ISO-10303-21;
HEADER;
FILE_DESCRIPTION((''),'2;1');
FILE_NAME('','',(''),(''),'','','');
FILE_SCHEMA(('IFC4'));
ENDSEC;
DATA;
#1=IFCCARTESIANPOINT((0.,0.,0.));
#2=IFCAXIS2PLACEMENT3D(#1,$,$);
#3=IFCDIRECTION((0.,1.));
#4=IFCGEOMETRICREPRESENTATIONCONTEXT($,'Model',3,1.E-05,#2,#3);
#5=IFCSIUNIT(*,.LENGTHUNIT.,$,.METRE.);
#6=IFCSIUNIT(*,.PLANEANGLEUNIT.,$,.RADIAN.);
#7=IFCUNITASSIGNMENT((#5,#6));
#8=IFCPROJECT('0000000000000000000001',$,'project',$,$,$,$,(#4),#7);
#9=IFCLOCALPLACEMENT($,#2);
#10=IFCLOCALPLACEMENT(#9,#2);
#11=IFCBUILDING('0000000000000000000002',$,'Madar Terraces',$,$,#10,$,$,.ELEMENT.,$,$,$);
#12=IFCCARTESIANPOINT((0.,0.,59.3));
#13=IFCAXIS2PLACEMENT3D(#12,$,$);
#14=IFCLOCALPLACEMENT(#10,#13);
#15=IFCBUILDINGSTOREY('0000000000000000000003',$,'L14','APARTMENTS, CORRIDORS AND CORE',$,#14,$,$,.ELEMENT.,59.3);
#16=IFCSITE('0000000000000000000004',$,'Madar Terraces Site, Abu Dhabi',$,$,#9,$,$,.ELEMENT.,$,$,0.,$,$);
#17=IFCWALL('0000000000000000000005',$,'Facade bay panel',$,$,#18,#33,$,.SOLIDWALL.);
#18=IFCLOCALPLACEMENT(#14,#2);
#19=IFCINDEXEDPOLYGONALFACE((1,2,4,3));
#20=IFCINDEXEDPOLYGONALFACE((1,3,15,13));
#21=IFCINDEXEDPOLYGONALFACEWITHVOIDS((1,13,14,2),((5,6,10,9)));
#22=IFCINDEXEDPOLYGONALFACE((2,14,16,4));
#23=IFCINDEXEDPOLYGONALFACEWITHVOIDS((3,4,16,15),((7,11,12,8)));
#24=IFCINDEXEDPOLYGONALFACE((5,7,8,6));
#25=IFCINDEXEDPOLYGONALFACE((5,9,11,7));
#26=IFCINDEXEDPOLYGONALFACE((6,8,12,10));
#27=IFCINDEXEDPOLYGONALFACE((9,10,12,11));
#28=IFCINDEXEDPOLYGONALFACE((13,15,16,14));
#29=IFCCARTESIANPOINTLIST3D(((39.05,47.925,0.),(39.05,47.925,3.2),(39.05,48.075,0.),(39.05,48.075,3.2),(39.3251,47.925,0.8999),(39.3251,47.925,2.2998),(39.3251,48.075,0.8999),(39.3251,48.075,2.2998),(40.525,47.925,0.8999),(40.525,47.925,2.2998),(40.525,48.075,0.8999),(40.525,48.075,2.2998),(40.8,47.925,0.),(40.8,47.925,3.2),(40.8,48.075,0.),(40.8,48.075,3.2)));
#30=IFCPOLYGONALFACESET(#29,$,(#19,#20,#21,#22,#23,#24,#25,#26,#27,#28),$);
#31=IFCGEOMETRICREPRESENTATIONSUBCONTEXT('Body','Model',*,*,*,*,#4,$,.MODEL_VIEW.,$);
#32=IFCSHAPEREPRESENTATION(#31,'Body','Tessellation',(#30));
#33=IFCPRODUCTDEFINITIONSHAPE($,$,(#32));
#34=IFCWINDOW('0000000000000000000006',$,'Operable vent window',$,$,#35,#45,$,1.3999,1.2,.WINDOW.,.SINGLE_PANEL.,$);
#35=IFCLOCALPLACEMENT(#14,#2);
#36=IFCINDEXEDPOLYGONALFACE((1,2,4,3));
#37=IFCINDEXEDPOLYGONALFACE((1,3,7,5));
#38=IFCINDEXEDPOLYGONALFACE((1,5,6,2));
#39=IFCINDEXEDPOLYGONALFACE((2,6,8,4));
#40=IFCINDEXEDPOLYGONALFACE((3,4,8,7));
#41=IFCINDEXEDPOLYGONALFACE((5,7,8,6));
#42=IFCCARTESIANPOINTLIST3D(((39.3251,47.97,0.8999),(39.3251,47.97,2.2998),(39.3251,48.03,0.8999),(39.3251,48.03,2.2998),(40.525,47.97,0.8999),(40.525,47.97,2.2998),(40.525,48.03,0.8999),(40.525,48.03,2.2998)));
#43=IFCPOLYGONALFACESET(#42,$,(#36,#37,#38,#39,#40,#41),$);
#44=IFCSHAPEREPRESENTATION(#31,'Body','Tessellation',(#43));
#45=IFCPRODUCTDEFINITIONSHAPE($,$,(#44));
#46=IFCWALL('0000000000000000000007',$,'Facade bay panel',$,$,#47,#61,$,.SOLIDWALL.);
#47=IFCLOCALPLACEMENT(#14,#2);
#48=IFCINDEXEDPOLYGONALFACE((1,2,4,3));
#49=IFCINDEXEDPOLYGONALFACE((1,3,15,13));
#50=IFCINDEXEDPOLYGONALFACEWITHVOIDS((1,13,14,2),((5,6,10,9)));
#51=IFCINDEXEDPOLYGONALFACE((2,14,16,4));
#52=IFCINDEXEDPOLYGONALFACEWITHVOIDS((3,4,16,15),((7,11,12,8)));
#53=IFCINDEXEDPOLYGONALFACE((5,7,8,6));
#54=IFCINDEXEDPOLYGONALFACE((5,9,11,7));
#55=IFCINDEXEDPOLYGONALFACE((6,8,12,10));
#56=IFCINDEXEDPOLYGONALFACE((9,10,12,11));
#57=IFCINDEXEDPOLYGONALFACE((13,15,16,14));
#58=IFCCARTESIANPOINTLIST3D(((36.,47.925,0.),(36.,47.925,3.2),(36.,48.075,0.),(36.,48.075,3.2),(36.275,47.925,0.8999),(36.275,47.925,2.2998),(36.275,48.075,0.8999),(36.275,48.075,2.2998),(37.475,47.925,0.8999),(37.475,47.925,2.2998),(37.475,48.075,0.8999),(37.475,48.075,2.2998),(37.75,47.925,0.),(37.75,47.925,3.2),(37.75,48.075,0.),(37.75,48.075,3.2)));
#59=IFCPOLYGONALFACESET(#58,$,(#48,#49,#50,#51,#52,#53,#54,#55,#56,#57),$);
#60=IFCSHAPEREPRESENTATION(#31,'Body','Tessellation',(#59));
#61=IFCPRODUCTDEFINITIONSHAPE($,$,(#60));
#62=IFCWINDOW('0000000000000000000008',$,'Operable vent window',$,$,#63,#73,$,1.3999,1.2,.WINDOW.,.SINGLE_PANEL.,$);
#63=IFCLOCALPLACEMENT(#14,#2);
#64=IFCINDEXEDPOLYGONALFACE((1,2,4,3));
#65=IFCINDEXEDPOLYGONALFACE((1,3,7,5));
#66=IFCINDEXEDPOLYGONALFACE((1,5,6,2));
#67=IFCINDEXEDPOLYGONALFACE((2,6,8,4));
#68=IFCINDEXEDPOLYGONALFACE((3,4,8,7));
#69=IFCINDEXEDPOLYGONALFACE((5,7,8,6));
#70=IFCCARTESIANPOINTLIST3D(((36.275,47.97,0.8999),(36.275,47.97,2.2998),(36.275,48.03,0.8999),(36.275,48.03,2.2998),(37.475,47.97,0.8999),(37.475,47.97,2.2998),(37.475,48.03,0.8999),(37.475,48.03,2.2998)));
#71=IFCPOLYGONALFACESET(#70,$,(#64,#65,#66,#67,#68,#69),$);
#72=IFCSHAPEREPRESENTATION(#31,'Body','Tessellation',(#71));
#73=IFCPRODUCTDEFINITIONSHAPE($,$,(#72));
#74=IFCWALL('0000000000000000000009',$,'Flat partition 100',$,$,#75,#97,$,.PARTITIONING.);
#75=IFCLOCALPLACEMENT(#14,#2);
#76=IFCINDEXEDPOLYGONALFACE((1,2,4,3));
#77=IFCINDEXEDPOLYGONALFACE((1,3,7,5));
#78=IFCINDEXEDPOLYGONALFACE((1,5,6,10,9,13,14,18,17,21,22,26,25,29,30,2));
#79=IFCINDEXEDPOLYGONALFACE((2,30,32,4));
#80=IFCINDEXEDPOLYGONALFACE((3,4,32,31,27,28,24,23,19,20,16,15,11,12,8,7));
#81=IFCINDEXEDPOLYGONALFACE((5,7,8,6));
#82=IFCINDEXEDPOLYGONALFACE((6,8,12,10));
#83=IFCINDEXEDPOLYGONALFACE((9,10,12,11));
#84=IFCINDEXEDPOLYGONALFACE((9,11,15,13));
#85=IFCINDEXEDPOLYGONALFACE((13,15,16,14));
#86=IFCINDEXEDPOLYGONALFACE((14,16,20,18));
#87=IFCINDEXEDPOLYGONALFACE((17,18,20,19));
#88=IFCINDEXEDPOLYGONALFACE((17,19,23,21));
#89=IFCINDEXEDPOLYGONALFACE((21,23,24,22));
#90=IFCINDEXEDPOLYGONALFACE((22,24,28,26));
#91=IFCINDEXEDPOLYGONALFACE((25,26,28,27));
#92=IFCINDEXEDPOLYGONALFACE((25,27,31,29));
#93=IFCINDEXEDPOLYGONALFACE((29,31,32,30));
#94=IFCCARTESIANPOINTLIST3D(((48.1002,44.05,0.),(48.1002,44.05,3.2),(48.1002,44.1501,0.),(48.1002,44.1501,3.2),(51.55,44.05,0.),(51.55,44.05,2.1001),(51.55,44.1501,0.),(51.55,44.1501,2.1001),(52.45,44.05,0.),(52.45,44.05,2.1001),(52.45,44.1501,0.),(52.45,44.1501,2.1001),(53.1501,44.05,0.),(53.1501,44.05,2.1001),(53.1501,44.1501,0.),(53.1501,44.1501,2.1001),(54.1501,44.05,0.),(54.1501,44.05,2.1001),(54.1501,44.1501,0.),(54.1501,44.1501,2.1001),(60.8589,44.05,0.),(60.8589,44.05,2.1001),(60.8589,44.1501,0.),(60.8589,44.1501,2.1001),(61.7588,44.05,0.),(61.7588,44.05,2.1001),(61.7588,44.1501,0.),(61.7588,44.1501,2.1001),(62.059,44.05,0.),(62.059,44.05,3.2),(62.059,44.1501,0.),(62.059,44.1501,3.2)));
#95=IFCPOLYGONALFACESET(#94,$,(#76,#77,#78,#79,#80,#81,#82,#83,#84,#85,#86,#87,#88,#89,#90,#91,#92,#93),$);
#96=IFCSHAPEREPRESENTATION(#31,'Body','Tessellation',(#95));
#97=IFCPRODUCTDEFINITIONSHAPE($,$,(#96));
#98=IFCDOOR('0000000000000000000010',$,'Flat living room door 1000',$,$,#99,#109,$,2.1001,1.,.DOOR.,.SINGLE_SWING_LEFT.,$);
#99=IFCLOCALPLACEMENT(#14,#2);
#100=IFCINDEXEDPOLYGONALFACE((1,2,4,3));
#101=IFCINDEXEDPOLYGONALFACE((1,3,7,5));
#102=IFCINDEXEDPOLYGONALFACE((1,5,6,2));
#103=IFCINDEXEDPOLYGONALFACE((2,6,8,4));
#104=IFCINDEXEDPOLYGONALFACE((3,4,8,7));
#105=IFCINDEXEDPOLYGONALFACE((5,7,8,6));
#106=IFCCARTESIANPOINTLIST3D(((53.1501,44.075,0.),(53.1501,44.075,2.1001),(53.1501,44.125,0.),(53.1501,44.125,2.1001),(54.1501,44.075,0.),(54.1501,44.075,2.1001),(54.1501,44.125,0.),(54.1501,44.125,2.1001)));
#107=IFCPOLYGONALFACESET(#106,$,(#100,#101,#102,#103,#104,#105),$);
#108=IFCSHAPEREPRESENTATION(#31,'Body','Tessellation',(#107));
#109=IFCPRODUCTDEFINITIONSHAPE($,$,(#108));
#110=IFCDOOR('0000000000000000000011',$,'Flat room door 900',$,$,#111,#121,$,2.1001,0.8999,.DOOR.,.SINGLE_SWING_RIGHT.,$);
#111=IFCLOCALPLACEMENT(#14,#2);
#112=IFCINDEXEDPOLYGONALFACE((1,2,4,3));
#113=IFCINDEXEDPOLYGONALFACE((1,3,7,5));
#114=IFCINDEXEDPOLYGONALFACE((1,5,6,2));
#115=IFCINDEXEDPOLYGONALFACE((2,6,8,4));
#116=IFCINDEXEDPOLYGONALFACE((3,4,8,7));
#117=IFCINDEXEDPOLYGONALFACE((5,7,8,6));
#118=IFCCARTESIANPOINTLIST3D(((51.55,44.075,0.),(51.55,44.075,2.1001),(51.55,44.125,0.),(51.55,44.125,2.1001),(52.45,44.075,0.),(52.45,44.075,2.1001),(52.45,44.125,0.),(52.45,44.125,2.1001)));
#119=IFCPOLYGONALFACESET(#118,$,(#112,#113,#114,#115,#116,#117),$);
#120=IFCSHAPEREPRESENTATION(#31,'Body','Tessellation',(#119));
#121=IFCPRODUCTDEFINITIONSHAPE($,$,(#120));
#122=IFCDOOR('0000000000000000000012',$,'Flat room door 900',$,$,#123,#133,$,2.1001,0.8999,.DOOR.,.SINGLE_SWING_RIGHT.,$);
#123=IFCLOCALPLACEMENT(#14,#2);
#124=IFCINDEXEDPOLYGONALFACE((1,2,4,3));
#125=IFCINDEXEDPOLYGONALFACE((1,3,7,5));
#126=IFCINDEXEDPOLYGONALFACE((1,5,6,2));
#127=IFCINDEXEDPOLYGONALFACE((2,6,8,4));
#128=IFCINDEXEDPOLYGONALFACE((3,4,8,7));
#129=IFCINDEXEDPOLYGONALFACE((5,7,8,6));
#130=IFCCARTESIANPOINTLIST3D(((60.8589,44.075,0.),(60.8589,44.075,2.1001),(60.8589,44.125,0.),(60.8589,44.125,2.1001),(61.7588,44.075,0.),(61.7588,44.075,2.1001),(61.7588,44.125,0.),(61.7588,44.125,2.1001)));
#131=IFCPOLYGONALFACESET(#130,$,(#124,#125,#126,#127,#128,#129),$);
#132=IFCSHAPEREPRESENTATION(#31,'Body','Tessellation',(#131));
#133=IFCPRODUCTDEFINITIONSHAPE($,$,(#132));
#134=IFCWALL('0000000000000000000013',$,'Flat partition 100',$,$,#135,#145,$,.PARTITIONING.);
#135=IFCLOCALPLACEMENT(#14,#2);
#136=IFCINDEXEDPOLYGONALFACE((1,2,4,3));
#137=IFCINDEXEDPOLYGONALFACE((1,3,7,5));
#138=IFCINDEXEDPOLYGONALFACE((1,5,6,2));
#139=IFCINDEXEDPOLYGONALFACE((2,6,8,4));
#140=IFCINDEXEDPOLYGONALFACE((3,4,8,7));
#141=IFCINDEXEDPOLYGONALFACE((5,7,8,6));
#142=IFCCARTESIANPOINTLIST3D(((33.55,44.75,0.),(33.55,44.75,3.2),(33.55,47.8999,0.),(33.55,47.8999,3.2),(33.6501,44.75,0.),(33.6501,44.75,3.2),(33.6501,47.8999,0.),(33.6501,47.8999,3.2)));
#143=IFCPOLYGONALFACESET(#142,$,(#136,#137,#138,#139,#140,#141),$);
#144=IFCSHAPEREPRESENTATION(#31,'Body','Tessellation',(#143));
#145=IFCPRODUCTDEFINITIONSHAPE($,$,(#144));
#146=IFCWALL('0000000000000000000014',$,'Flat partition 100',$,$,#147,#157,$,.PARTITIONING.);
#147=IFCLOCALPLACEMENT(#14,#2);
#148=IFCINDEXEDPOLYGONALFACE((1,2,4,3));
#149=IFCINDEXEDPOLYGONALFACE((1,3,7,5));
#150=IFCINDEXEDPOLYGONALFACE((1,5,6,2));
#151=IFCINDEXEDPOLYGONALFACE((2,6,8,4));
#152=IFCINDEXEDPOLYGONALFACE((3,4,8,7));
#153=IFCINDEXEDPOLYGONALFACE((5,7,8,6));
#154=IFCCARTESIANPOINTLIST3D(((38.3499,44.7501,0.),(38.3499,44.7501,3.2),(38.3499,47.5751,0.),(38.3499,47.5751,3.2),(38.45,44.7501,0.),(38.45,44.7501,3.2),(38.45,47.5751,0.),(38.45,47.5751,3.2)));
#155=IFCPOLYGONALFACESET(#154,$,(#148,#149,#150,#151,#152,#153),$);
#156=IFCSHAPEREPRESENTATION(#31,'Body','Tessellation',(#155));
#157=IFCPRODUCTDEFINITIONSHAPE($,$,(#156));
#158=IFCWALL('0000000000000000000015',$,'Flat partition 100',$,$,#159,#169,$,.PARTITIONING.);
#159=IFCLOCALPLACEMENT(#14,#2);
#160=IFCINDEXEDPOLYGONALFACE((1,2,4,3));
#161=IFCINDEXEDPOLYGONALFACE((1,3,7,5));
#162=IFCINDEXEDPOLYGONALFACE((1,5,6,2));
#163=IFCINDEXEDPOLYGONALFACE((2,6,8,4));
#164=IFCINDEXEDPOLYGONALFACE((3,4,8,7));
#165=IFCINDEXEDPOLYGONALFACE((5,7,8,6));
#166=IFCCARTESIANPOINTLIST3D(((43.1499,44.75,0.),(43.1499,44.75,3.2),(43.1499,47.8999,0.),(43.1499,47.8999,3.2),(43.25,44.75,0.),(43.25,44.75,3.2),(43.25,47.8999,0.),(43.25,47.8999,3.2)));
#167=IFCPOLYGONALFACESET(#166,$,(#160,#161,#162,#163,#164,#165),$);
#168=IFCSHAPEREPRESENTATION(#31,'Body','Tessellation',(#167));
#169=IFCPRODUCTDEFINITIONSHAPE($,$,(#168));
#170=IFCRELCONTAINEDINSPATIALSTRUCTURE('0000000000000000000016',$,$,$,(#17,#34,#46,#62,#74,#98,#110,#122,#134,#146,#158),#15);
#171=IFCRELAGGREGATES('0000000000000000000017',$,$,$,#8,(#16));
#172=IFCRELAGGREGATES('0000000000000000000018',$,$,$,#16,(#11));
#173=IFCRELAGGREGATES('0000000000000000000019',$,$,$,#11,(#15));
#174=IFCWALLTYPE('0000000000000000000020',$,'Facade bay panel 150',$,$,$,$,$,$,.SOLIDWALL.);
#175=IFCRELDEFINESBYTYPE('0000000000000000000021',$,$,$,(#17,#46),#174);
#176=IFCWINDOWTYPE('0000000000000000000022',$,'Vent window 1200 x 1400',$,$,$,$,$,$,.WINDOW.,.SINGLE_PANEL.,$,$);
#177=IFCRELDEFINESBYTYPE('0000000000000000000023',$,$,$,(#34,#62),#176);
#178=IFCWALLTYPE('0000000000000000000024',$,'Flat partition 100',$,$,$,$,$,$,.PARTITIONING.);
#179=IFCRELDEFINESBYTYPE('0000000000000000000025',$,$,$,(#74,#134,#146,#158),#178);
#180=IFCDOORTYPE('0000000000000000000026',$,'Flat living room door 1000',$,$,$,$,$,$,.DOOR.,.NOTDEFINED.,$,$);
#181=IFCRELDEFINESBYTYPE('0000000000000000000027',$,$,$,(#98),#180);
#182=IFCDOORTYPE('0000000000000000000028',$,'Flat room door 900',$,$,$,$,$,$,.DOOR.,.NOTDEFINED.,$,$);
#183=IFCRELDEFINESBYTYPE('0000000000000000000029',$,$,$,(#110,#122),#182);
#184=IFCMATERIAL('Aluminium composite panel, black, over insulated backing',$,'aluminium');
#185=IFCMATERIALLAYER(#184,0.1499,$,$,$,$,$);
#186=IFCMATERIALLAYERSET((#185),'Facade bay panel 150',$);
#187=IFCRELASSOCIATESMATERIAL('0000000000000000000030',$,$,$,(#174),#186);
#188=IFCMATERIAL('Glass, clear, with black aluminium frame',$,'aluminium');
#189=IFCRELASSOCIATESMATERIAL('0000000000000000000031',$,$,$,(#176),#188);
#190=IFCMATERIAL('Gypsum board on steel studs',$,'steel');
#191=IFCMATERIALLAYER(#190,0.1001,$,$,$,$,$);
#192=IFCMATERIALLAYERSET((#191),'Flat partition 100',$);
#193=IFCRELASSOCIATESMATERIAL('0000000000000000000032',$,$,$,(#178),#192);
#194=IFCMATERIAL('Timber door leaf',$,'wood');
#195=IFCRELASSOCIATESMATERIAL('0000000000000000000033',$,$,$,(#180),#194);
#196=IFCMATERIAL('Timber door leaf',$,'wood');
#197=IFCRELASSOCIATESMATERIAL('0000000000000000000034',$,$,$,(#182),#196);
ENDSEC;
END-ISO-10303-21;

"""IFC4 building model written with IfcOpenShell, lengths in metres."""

from ifc_helpers import new_model, si_unit, direction, frame, frame_2d, origin, place, context, subcontext, project, spatial, rectangle, extrude, material, layer, layer_set, type_object, element, fill, save


model = new_model("IFC4")

# Units and contexts
model_context = context("Model", 3, precision=1e-05, world=origin(), true_north=direction((0.0, 1.0)))
body_context = subcontext(model_context, "Body", "Model", "MODEL_VIEW")
ifc_project = project(units=[si_unit("LENGTHUNIT", "METRE"), si_unit("PLANEANGLEUNIT", "RADIAN")], contexts=[model_context])

# Site, building, storey
site_placement = place(None, origin())
site = spatial("IfcSite", under=ifc_project, at=site_placement, Name="Madar Terraces Site, Abu Dhabi", CompositionType="ELEMENT", RefElevation=0.0)
building_placement = place(site_placement, origin())
building = spatial("IfcBuilding", under=site, at=building_placement, Name="Madar Terraces", CompositionType="ELEMENT")
storey_placement = place(building_placement, frame((0.0, 0.0, 59.3)))
storey = spatial("IfcBuildingStorey", under=building, at=storey_placement, Name="L14", Description="APARTMENTS, CORRIDORS AND CORE", CompositionType="ELEMENT", Elevation=59.3)

# Walls, openings, windows
ifc_material_1 = material(Name="Aluminium composite panel, black, over insulated backing", Category="aluminium")
ifc_layer_1 = layer(ifc_material_1, 0.1499)
ifc_layer_set_1 = layer_set([ifc_layer_1], Name="Facade bay panel 150")
wall_type_1 = type_object("IfcWallType", Name="Facade bay panel 150", PredefinedType="SOLIDWALL", material=ifc_layer_set_1)
ifc_material_2 = material(Name="Glass, clear, with black aluminium frame", Category="aluminium")
window_type = type_object("IfcWindowType", Name="Vent window 1200 x 1400", PartitioningType="SINGLE_PANEL", PredefinedType="WINDOW", material=ifc_material_2)
wall_1_placement = place(storey_placement, frame((40.8, 48.0, 0.0), z_axis=(0.0, 0.0, 1.0), x_axis=(-1.0, 0.0, 0.0)))
wall_1 = element("IfcWall", 1, at=wall_1_placement, inside=storey, type_object=wall_type_1, Name="Facade bay panel", PredefinedType="SOLIDWALL", context=body_context, shape_type="SweptSolid", body=[
    extrude(rectangle(XDim=1.75, YDim=0.1499, at=frame_2d((0.875, 0.0))), origin(), (0.0, 0.0, 1.0), 3.2),
])
opening_1_placement = place(wall_1_placement, frame((0.2749, 0.0, 0.8999)))
opening_1 = element("IfcOpeningElement", 2, at=opening_1_placement, cuts=wall_1, PredefinedType="OPENING", context=body_context, shape_type="SweptSolid", body=[
    extrude(rectangle(XDim=1.2, YDim=1.3999, at=frame_2d((0.6001, 0.7))), frame((0.0, 0.085, 0.0), z_axis=(0.0, -1.0, 0.0), x_axis=(1.0, 0.0, 0.0)), (0.0, 0.0, 1.0), 0.1699),
])
window_1_placement = place(opening_1_placement, origin())
window_1 = element("IfcWindow", 3, at=window_1_placement, inside=storey, type_object=window_type, Name="Operable vent window", OverallHeight=1.3999, OverallWidth=1.2, PartitioningType="SINGLE_PANEL", PredefinedType="WINDOW", context=body_context, shape_type="SweptSolid", body=[
    extrude(rectangle(XDim=1.2, YDim=1.3999, at=frame_2d((0.6001, 0.7))), frame((0.0, 0.03, 0.0), z_axis=(0.0, -1.0, 0.0), x_axis=(1.0, 0.0, 0.0)), (0.0, 0.0, 1.0), 0.0601),
])
fill(opening_1, window_1)
wall_2_placement = place(storey_placement, frame((37.75, 48.0, 0.0), z_axis=(0.0, 0.0, 1.0), x_axis=(-1.0, 0.0, 0.0)))
wall_2 = element("IfcWall", 4, at=wall_2_placement, inside=storey, type_object=wall_type_1, Name="Facade bay panel", PredefinedType="SOLIDWALL", context=body_context, shape_type="SweptSolid", body=[
    extrude(rectangle(XDim=1.75, YDim=0.1499, at=frame_2d((0.875, 0.0))), origin(), (0.0, 0.0, 1.0), 3.2),
])
opening_2_placement = place(wall_2_placement, frame((0.2749, 0.0, 0.8999)))
opening_2 = element("IfcOpeningElement", 5, at=opening_2_placement, cuts=wall_2, PredefinedType="OPENING", context=body_context, shape_type="SweptSolid", body=[
    extrude(rectangle(XDim=1.2, YDim=1.3999, at=frame_2d((0.6001, 0.7))), frame((0.0, 0.085, 0.0), z_axis=(0.0, -1.0, 0.0), x_axis=(1.0, 0.0, 0.0)), (0.0, 0.0, 1.0), 0.1699),
])
window_2_placement = place(opening_2_placement, origin())
window_2 = element("IfcWindow", 6, at=window_2_placement, inside=storey, type_object=window_type, Name="Operable vent window", OverallHeight=1.3999, OverallWidth=1.2, PartitioningType="SINGLE_PANEL", PredefinedType="WINDOW", context=body_context, shape_type="SweptSolid", body=[
    extrude(rectangle(XDim=1.2, YDim=1.3999, at=frame_2d((0.6001, 0.7))), frame((0.0, 0.03, 0.0), z_axis=(0.0, -1.0, 0.0), x_axis=(1.0, 0.0, 0.0)), (0.0, 0.0, 1.0), 0.0601),
])
fill(opening_2, window_2)

# Wall, openings, doors
ifc_material_3 = material(Name="Gypsum board on steel studs", Category="steel")
ifc_layer_2 = layer(ifc_material_3, 0.1001)
ifc_layer_set_2 = layer_set([ifc_layer_2], Name="Flat partition 100")
wall_type_2 = type_object("IfcWallType", Name="Flat partition 100", PredefinedType="PARTITIONING", material=ifc_layer_set_2)
wall_3_placement = place(storey_placement, frame((48.1001, 44.1001, 0.0), z_axis=(0.0, 0.0, 1.0), x_axis=(1.0, 0.0, 0.0)))
wall_3 = element("IfcWall", 7, at=wall_3_placement, inside=storey, type_object=wall_type_2, Name="Flat partition 100", PredefinedType="PARTITIONING", context=body_context, shape_type="SweptSolid", body=[
    extrude(rectangle(XDim=13.9587, YDim=0.1001, at=frame_2d((6.9795, 0.0))), origin(), (0.0, 0.0, 1.0), 3.2),
])
opening_3_placement = place(wall_3_placement, frame((3.45, 0.0, 0.0)))
opening_3 = element("IfcOpeningElement", 8, at=opening_3_placement, cuts=wall_3, PredefinedType="OPENING", context=body_context, shape_type="SweptSolid", body=[
    extrude(rectangle(XDim=0.8999, YDim=2.1001, at=frame_2d((0.45, 1.05))), frame((0.0, 0.0601, 0.0), z_axis=(0.0, -1.0, 0.0), x_axis=(1.0, 0.0, 0.0)), (0.0, 0.0, 1.0), 0.1201),
])
opening_4_placement = place(wall_3_placement, frame((5.05, 0.0, 0.0)))
opening_4 = element("IfcOpeningElement", 9, at=opening_4_placement, cuts=wall_3, PredefinedType="OPENING", context=body_context, shape_type="SweptSolid", body=[
    extrude(rectangle(XDim=1.0, YDim=2.1001, at=frame_2d((0.5, 1.05))), frame((0.0, 0.0601, 0.0), z_axis=(0.0, -1.0, 0.0), x_axis=(1.0, 0.0, 0.0)), (0.0, 0.0, 1.0), 0.1201),
])
opening_5_placement = place(wall_3_placement, frame((12.7588, 0.0, 0.0)))
opening_5 = element("IfcOpeningElement", 10, at=opening_5_placement, cuts=wall_3, PredefinedType="OPENING", context=body_context, shape_type="SweptSolid", body=[
    extrude(rectangle(XDim=0.8999, YDim=2.1001, at=frame_2d((0.45, 1.05))), frame((0.0, 0.0601, 0.0), z_axis=(0.0, -1.0, 0.0), x_axis=(1.0, 0.0, 0.0)), (0.0, 0.0, 1.0), 0.1201),
])
ifc_material_4 = material(Name="Timber door leaf", Category="wood")
door_type_1 = type_object("IfcDoorType", Name="Flat living room door 1000", OperationType="NOTDEFINED", PredefinedType="DOOR", material=ifc_material_4)
door_1_placement = place(opening_4_placement, origin())
door_1 = element("IfcDoor", 11, at=door_1_placement, inside=storey, type_object=door_type_1, Name="Flat living room door 1000", OperationType="SINGLE_SWING_LEFT", OverallHeight=2.1001, OverallWidth=1.0, PredefinedType="DOOR", context=body_context, shape_type="SweptSolid", body=[
    extrude(rectangle(XDim=1.0, YDim=2.1001, at=frame_2d((0.5, 1.05))), frame((0.0, 0.0249, 0.0), z_axis=(0.0, -1.0, 0.0), x_axis=(1.0, 0.0, 0.0)), (0.0, 0.0, 1.0), 0.05),
])
fill(opening_4, door_1)
ifc_material_5 = material(Name="Timber door leaf", Category="wood")
door_type_2 = type_object("IfcDoorType", Name="Flat room door 900", OperationType="NOTDEFINED", PredefinedType="DOOR", material=ifc_material_5)
door_2_placement = place(opening_3_placement, origin())
door_2 = element("IfcDoor", 12, at=door_2_placement, inside=storey, type_object=door_type_2, Name="Flat room door 900", OperationType="SINGLE_SWING_RIGHT", OverallHeight=2.1001, OverallWidth=0.8999, PredefinedType="DOOR", context=body_context, shape_type="SweptSolid", body=[
    extrude(rectangle(XDim=0.8999, YDim=2.1001, at=frame_2d((0.45, 1.05))), frame((0.0, 0.0249, 0.0), z_axis=(0.0, -1.0, 0.0), x_axis=(1.0, 0.0, 0.0)), (0.0, 0.0, 1.0), 0.05),
])
fill(opening_3, door_2)
door_3_placement = place(opening_5_placement, origin())
door_3 = element("IfcDoor", 13, at=door_3_placement, inside=storey, type_object=door_type_2, Name="Flat room door 900", OperationType="SINGLE_SWING_RIGHT", OverallHeight=2.1001, OverallWidth=0.8999, PredefinedType="DOOR", context=body_context, shape_type="SweptSolid", body=[
    extrude(rectangle(XDim=0.8999, YDim=2.1001, at=frame_2d((0.45, 1.05))), frame((0.0, 0.0249, 0.0), z_axis=(0.0, -1.0, 0.0), x_axis=(1.0, 0.0, 0.0)), (0.0, 0.0, 1.0), 0.05),
])
fill(opening_5, door_3)

# Walls
wall_4_placement = place(storey_placement, frame((33.6001, 44.75, 0.0), z_axis=(0.0, 0.0, 1.0), x_axis=(0.0, 1.0, 0.0)))
element("IfcWall", 14, at=wall_4_placement, inside=storey, type_object=wall_type_2, Name="Flat partition 100", PredefinedType="PARTITIONING", context=body_context, shape_type="SweptSolid", body=[
    extrude(rectangle(XDim=3.1499, YDim=0.1001, at=frame_2d((1.575, 0.0))), origin(), (0.0, 0.0, 1.0), 3.2),
])
wall_5_placement = place(storey_placement, frame((38.3999, 44.75, 0.0), z_axis=(0.0, 0.0, 1.0), x_axis=(0.0, 1.0, 0.0)))
element("IfcWall", 15, at=wall_5_placement, inside=storey, type_object=wall_type_2, Name="Flat partition 100", PredefinedType="PARTITIONING", context=body_context, shape_type="SweptSolid", body=[
    extrude(rectangle(XDim=2.825, YDim=0.1001, at=frame_2d((1.4126, 0.0))), origin(), (0.0, 0.0, 1.0), 3.2),
])
wall_6_placement = place(storey_placement, frame((43.2, 44.75, 0.0), z_axis=(0.0, 0.0, 1.0), x_axis=(0.0, 1.0, 0.0)))
element("IfcWall", 16, at=wall_6_placement, inside=storey, type_object=wall_type_2, Name="Flat partition 100", PredefinedType="PARTITIONING", context=body_context, shape_type="SweptSolid", body=[
    extrude(rectangle(XDim=3.1499, YDim=0.1001, at=frame_2d((1.575, 0.0))), origin(), (0.0, 0.0, 1.0), 3.2),
])

save(model, "model.ifc")
